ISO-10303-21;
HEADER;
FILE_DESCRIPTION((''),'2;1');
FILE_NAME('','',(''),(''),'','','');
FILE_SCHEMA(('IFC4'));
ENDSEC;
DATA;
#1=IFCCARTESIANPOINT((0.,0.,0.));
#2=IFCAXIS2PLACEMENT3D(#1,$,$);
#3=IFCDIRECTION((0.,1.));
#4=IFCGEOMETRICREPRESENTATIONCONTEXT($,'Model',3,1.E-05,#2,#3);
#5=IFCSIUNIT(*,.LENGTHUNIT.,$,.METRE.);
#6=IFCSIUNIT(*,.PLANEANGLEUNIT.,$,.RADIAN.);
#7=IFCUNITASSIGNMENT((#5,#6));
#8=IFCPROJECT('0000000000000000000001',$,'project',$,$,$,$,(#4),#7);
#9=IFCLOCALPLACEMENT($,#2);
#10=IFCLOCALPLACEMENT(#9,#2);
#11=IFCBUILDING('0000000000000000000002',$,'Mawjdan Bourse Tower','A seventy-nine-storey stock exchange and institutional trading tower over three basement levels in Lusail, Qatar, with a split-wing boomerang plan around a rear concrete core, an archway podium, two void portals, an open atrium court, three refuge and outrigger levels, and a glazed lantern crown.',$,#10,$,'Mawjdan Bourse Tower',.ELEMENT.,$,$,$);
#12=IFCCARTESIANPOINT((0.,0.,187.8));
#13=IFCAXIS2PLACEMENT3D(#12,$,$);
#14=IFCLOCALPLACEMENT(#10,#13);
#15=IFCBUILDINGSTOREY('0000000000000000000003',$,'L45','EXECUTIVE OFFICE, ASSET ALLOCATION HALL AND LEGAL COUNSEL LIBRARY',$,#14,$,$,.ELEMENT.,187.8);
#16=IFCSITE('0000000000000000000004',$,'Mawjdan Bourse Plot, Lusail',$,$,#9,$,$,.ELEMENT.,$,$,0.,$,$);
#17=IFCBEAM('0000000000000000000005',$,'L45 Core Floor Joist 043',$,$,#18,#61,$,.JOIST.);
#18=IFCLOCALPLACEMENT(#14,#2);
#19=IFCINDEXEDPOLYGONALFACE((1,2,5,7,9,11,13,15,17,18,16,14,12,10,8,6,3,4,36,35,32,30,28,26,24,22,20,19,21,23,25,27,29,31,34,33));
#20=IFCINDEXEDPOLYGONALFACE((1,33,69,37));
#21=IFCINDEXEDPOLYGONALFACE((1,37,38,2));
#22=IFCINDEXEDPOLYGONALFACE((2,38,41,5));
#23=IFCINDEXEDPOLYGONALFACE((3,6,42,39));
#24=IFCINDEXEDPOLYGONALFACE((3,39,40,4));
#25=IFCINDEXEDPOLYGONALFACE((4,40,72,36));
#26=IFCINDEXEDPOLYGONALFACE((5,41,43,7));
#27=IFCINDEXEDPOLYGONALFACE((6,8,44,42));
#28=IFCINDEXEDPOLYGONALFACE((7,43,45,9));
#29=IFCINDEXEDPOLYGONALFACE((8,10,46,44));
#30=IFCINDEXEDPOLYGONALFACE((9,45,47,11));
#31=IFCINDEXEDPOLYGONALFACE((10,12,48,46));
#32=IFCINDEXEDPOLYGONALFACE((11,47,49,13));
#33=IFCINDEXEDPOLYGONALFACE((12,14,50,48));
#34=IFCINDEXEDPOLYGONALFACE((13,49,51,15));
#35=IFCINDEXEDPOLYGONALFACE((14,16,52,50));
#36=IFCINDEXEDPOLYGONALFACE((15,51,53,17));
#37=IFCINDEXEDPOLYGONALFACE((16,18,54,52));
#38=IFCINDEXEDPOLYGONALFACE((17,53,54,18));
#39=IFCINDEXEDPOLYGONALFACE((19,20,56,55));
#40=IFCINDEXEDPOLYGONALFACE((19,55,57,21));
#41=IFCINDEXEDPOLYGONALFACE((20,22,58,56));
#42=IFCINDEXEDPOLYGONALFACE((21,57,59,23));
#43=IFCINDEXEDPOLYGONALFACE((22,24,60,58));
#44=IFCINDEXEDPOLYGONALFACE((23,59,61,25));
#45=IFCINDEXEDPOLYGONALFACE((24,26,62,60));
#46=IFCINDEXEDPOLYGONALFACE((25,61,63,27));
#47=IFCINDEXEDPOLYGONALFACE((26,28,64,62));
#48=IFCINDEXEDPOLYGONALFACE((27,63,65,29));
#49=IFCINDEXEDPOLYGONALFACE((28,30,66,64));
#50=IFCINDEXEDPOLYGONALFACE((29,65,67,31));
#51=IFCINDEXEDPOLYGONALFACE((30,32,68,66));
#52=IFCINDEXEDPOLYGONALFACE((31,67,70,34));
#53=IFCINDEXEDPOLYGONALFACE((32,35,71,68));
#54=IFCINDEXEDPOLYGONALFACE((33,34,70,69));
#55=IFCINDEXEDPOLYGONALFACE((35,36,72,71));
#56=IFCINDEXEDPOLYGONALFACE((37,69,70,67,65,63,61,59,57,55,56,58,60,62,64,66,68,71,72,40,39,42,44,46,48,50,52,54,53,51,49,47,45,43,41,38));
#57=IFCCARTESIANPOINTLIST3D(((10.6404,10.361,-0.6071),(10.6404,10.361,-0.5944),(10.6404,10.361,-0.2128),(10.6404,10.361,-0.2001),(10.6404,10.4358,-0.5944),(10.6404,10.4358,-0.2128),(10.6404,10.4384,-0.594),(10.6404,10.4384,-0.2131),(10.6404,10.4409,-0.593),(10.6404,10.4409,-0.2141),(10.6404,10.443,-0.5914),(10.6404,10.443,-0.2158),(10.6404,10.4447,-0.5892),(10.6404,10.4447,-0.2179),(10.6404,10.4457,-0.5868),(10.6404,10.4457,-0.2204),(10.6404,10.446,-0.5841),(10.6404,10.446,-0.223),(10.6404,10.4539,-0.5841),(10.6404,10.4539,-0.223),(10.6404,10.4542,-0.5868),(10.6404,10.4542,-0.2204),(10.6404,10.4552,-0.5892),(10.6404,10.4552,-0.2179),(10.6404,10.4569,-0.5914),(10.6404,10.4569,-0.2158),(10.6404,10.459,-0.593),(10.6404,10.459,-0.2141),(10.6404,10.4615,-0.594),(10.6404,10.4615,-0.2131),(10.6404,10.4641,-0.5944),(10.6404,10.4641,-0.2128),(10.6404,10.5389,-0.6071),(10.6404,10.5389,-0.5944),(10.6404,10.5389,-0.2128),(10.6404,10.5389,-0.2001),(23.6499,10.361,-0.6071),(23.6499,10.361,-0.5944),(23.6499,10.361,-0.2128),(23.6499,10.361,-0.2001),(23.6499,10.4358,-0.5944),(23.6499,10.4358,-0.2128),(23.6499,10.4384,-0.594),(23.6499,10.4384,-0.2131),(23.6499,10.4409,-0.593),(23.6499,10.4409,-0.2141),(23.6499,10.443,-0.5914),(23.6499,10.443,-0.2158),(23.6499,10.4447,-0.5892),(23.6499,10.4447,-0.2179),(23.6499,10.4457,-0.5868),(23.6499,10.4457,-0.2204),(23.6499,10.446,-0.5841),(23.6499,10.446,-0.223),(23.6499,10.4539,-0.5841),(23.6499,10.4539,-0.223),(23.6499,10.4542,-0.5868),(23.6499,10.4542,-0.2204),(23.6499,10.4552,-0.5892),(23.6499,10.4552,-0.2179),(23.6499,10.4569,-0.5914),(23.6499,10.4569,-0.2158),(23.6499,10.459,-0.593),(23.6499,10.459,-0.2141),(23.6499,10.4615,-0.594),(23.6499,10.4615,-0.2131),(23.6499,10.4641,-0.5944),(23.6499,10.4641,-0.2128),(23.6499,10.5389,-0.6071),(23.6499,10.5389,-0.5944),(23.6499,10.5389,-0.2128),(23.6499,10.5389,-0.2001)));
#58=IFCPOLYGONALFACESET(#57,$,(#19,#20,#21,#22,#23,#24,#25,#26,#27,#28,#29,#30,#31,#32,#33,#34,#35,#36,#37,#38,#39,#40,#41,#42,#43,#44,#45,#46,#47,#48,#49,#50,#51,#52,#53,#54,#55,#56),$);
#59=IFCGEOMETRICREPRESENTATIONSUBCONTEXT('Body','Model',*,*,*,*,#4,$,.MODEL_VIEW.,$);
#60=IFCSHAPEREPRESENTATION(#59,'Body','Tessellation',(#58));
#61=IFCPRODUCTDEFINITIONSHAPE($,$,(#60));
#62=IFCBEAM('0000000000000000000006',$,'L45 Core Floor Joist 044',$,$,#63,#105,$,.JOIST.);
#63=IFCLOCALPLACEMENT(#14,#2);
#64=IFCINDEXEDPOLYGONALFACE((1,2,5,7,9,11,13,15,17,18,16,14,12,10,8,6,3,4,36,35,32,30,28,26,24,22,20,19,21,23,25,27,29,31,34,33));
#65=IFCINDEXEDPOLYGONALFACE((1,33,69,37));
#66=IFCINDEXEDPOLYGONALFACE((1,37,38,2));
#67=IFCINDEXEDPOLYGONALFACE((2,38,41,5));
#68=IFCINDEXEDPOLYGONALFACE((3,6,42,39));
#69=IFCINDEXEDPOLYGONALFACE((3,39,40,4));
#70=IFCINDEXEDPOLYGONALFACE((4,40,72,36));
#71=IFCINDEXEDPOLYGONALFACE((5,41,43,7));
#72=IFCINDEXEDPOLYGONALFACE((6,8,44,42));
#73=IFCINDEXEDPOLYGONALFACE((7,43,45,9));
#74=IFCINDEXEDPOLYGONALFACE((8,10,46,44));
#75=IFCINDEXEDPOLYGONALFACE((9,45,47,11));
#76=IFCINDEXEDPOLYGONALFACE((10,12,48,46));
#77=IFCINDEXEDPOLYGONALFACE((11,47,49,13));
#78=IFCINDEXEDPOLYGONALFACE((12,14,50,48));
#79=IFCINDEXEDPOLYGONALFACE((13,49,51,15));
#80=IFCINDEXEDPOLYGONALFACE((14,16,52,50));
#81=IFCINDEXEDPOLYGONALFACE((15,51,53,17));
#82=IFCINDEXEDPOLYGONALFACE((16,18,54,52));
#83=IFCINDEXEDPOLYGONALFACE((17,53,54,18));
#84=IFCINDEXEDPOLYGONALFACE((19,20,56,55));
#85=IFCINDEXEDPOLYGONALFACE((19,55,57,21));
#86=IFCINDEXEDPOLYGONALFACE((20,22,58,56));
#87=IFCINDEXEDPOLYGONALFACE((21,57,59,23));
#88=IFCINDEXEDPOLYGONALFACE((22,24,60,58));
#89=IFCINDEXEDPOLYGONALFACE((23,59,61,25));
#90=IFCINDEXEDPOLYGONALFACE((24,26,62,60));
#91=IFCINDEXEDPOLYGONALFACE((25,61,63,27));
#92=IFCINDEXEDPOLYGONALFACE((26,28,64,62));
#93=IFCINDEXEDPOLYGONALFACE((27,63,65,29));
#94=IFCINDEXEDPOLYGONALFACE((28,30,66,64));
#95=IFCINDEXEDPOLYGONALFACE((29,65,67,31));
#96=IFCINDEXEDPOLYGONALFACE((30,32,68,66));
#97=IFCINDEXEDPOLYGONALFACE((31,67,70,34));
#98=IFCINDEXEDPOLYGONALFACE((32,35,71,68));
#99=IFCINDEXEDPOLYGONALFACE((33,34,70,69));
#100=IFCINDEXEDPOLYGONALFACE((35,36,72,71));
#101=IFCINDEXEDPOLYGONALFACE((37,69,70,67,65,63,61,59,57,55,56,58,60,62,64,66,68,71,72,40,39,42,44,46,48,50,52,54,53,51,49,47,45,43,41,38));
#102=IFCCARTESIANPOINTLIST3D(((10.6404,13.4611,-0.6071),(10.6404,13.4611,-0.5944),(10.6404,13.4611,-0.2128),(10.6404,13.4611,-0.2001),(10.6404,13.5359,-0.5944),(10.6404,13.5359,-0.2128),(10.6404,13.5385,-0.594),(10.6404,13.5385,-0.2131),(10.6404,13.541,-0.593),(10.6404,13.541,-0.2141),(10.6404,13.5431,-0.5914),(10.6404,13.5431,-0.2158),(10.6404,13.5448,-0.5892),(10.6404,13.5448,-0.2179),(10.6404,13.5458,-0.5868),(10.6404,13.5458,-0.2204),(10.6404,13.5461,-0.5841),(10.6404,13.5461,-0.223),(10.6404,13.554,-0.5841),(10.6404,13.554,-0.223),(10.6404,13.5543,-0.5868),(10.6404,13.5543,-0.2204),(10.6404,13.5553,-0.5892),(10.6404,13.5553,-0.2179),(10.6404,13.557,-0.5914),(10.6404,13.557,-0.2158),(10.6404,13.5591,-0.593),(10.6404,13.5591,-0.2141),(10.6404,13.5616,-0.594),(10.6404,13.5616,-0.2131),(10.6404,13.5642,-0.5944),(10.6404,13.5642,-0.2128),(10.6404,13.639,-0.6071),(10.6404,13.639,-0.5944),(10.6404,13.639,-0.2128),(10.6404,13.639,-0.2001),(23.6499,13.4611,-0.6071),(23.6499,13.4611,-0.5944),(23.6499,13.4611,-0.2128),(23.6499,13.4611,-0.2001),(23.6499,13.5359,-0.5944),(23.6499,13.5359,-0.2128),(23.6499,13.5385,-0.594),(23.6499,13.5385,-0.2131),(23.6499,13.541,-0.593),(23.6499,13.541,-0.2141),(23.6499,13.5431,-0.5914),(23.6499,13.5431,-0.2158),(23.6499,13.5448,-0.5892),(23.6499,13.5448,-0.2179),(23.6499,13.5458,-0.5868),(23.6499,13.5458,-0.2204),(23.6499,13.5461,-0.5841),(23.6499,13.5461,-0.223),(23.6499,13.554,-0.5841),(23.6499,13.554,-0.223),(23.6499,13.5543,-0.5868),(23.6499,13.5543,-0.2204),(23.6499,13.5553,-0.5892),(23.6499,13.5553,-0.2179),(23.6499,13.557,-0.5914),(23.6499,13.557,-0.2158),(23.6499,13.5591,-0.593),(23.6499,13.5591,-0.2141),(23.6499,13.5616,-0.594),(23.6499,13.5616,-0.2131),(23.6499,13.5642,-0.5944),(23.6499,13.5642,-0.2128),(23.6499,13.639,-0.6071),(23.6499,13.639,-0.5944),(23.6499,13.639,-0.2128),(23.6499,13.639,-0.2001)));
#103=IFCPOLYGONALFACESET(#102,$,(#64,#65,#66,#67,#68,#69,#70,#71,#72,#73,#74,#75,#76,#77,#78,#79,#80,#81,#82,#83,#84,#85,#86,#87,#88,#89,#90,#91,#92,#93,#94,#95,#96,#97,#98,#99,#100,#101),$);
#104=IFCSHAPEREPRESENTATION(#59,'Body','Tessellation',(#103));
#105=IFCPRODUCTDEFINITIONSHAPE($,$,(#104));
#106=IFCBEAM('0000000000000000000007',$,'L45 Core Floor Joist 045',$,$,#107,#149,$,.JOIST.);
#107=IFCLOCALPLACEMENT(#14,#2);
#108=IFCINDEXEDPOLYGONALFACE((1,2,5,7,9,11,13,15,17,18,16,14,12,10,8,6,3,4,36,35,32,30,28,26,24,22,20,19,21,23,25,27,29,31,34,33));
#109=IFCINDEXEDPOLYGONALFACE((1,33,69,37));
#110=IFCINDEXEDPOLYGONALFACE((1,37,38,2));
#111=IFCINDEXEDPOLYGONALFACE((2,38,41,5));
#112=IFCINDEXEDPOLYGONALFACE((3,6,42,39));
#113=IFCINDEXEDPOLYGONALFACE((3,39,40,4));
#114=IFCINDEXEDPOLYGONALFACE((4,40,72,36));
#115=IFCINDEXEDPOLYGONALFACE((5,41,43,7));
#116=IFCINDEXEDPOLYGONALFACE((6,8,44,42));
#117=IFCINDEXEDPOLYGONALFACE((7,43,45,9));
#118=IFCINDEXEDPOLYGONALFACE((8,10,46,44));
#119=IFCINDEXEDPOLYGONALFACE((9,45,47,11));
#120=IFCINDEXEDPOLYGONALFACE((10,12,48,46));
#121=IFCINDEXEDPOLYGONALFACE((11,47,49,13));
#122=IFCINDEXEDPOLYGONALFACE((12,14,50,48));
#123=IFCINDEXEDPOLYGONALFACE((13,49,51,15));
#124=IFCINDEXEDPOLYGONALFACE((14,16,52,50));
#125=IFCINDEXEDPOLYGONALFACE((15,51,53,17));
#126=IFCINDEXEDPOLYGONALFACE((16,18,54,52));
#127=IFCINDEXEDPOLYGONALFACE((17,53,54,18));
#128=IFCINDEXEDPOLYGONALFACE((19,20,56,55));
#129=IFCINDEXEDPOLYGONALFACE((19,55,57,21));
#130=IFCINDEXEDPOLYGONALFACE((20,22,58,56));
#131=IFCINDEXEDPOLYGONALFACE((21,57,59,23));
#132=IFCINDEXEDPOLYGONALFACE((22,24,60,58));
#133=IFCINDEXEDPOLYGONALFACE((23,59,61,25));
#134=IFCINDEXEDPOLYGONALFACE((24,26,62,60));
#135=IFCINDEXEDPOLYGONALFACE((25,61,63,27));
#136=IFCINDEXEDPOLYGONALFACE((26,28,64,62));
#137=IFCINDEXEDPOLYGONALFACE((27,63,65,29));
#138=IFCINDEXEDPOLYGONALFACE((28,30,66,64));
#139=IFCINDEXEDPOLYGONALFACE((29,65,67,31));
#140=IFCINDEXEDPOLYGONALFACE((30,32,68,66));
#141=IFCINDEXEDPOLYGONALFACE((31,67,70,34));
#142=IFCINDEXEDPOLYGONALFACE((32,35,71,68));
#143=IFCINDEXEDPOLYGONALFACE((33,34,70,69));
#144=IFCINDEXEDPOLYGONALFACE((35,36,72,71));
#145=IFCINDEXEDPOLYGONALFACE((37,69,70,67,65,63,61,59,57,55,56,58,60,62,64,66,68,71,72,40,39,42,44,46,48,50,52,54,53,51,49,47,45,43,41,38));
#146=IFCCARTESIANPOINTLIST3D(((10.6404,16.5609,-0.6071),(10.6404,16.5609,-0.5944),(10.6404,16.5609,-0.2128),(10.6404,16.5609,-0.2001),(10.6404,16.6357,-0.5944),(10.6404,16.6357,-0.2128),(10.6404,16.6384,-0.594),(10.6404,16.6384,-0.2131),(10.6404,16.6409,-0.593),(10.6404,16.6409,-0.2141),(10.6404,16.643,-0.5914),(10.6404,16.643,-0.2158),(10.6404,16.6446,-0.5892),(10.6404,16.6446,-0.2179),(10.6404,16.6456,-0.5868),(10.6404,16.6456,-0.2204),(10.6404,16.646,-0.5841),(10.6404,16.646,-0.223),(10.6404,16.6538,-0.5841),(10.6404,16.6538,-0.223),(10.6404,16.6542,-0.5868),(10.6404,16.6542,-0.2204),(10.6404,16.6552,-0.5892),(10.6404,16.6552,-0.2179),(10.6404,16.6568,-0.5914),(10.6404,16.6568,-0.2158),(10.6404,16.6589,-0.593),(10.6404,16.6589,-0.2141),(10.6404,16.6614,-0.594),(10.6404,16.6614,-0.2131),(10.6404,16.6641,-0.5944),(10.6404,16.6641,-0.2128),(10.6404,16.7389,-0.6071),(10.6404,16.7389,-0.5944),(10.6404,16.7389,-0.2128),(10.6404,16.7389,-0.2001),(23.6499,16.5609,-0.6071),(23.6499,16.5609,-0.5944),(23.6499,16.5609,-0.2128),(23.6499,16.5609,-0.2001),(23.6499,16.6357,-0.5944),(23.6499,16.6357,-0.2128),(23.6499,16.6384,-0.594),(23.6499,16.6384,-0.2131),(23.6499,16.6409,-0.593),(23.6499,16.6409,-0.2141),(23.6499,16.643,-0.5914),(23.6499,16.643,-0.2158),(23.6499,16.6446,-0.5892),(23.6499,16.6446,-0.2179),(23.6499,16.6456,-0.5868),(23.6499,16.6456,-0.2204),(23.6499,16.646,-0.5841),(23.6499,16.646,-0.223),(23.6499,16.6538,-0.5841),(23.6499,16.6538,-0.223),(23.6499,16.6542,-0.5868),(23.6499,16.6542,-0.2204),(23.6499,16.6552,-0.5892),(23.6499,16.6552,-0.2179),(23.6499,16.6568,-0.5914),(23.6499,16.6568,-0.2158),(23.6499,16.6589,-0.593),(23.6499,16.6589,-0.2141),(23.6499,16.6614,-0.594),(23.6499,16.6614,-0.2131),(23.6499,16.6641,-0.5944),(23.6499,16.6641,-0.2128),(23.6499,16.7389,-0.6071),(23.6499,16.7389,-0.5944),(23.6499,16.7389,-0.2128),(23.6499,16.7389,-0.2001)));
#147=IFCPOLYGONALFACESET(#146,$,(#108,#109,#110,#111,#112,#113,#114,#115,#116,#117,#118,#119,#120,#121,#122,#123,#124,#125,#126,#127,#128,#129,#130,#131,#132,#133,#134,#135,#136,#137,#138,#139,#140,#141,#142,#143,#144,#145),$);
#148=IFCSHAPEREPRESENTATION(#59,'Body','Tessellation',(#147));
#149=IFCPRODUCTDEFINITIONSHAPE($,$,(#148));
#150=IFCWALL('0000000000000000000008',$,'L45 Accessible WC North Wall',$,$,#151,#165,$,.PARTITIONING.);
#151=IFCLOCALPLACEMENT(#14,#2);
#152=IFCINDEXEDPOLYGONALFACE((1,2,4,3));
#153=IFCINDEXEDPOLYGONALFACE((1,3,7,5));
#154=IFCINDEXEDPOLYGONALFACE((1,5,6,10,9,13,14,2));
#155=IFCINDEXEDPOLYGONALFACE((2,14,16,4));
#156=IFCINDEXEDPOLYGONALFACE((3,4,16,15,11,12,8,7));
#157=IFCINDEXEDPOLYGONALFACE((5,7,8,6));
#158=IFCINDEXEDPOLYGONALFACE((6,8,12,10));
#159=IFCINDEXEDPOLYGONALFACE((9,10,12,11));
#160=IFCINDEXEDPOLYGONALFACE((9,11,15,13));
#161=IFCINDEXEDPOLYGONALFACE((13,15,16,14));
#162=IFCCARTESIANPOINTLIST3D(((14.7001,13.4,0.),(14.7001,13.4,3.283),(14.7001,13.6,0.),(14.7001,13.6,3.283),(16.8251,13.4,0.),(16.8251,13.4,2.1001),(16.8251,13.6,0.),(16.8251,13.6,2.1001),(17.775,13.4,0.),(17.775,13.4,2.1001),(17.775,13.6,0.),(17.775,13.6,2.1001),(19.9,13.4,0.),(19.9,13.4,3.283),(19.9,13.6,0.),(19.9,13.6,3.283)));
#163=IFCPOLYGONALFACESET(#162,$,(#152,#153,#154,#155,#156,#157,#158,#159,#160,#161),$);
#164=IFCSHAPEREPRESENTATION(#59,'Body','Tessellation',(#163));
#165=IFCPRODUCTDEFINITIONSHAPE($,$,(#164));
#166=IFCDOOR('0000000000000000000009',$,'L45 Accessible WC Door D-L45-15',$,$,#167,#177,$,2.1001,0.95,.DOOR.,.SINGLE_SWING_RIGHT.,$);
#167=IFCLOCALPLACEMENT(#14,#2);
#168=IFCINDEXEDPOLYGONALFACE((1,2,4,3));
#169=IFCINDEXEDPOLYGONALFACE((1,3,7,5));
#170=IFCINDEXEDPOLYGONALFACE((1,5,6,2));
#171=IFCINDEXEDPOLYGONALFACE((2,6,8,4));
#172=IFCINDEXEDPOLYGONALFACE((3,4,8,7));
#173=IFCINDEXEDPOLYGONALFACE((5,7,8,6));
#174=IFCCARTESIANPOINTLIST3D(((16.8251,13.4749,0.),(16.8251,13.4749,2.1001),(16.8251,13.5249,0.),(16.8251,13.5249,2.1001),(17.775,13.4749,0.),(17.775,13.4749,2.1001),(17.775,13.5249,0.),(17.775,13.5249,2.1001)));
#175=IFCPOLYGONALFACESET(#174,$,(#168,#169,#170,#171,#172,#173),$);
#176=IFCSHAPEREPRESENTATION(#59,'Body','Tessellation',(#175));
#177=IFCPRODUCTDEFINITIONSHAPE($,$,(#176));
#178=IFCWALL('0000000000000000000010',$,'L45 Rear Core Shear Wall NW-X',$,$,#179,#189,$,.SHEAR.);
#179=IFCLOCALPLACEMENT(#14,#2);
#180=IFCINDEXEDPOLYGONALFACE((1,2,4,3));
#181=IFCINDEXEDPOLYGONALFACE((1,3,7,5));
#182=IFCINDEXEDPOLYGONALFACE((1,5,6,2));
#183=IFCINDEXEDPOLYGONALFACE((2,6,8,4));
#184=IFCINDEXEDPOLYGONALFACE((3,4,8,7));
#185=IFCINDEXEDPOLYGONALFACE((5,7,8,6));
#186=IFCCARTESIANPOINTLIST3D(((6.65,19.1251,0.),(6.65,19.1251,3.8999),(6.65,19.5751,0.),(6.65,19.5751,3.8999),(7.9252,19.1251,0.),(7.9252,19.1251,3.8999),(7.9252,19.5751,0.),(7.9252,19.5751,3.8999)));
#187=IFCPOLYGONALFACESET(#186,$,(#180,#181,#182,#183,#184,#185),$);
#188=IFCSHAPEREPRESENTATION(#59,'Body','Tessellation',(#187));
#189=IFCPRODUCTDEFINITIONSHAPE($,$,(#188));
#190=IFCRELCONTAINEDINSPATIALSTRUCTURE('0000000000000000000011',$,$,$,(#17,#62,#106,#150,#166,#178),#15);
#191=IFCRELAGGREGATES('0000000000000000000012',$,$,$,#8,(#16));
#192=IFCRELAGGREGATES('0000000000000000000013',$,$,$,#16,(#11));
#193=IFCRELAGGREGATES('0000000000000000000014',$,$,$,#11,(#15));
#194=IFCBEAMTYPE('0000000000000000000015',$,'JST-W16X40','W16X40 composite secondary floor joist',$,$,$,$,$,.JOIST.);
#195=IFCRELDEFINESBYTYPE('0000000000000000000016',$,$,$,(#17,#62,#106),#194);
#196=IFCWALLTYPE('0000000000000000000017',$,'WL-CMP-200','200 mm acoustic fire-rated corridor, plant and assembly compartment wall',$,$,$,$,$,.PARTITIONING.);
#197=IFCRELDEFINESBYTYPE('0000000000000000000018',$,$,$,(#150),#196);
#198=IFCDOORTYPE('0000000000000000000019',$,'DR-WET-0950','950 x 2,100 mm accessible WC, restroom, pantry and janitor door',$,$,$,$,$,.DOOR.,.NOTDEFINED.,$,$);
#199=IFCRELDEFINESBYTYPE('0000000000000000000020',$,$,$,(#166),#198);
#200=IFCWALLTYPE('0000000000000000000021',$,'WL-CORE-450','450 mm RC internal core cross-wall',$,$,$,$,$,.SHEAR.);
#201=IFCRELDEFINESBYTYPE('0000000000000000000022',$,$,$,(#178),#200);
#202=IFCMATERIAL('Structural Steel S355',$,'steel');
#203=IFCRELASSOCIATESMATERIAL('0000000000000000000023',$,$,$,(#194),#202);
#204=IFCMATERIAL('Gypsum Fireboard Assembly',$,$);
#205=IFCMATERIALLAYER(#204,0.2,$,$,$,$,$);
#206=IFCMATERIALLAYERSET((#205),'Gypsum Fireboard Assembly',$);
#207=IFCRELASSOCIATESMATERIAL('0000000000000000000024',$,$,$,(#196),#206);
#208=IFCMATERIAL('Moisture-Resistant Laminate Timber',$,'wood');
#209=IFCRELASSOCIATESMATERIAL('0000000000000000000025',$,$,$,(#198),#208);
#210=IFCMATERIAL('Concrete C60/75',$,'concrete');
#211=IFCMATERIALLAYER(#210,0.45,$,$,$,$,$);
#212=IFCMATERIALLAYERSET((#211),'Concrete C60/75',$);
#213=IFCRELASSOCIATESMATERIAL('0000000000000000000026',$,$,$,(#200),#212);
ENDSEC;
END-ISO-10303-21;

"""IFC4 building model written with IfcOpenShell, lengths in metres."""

from ifc_helpers import new_model, si_unit, direction, frame, frame_2d, origin, origin_2d, place, context, subcontext, project, spatial, rectangle, i_section, extrude, material, layer, layer_set, material_profile, profile_set, type_object, element, fill, save


model = new_model("IFC4")

# Units and contexts
model_context = context("Model", 3, precision=1e-05, world=origin(), true_north=direction((0.0, 1.0)))
body_context = subcontext(model_context, "Body", "Model", "MODEL_VIEW")
ifc_project = project(units=[si_unit("LENGTHUNIT", "METRE"), si_unit("PLANEANGLEUNIT", "RADIAN")], contexts=[model_context])

# Site, building, storey
site_placement = place(None, origin())
site = spatial("IfcSite", under=ifc_project, at=site_placement, Name="Mawjdan Bourse Plot, Lusail", CompositionType="ELEMENT", RefElevation=0.0)
building_placement = place(site_placement, origin())
building = spatial("IfcBuilding", under=site, at=building_placement, Name="Mawjdan Bourse Tower", Description="A seventy-nine-storey stock exchange and institutional trading tower over three basement levels in Lusail, Qatar, with a split-wing boomerang plan around a rear concrete core, an archway podium, two void portals, an open atrium court, three refuge and outrigger levels, and a glazed lantern crown.", LongName="Mawjdan Bourse Tower", CompositionType="ELEMENT")
storey_placement = place(building_placement, frame((0.0, 0.0, 187.8)))
storey = spatial("IfcBuildingStorey", under=building, at=storey_placement, Name="L45", Description="EXECUTIVE OFFICE, ASSET ALLOCATION HALL AND LEGAL COUNSEL LIBRARY", CompositionType="ELEMENT", Elevation=187.8)

# Beams
ifc_material_1 = material(Name="Structural Steel S355", Category="steel")
ifc_material_profile = material_profile(ifc_material_1, i_section(OverallWidth=0.178, OverallDepth=0.407, WebThickness=0.0078, FlangeThickness=0.0127, FilletRadius=0.0103, at=origin_2d()), Name="W16X40")
ifc_profile_set = profile_set([ifc_material_profile], Name="Structural Steel S355")
beam_type = type_object("IfcBeamType", Name="JST-W16X40", Description="W16X40 composite secondary floor joist", PredefinedType="JOIST", material=ifc_profile_set)
for number, where, z_axis, x_axis, name in (
    (1, (10.6404, 10.45, -0.4036), (1.0, 0.0, 0.0), (0.0, 1.0, 0.0), "L45 Core Floor Joist 043"),
    (2, (10.6404, 13.55, -0.4036), (1.0, 0.0, 0.0), (0.0, 1.0, 0.0), "L45 Core Floor Joist 044"),
    (3, (10.6404, 16.6499, -0.4036), (1.0, 0.0, 0.0), (0.0, 1.0, 0.0), "L45 Core Floor Joist 045"),
):
    element("IfcBeam", number, at=place(storey_placement, frame(where, z_axis=z_axis, x_axis=x_axis)), inside=storey, type_object=beam_type, Name=name, PredefinedType="JOIST", context=body_context, shape_type="SweptSolid", body=[
        extrude(i_section(OverallWidth=0.178, OverallDepth=0.407, WebThickness=0.0078, FlangeThickness=0.0127, FilletRadius=0.0103, at=origin_2d()), origin(), (0.0, 0.0, 1.0), 13.0095),
    ])

# Wall, opening, door
ifc_material_2 = material(Name="Gypsum Fireboard Assembly")
ifc_layer_1 = layer(ifc_material_2, 0.2)
ifc_layer_set_1 = layer_set([ifc_layer_1], Name="Gypsum Fireboard Assembly")
wall_type_1 = type_object("IfcWallType", Name="WL-CMP-200", Description="200 mm acoustic fire-rated corridor, plant and assembly compartment wall", PredefinedType="PARTITIONING", material=ifc_layer_set_1)
wall_1_placement = place(storey_placement, frame((14.7, 13.5, 0.0), z_axis=(0.0, 0.0, 1.0), x_axis=(1.0, 0.0, 0.0)))
wall_1 = element("IfcWall", 4, at=wall_1_placement, inside=storey, type_object=wall_type_1, Name="L45 Accessible WC North Wall", PredefinedType="PARTITIONING", context=body_context, shape_type="SweptSolid", body=[
    extrude(rectangle(XDim=5.2, YDim=0.2, at=frame_2d((2.6001, 0.0))), origin(), (0.0, 0.0, 1.0), 3.283),
])
opening_1_placement = place(wall_1_placement, frame((2.125, 0.0, 0.0)))
opening_1 = element("IfcOpeningElement", 5, at=opening_1_placement, cuts=wall_1, PredefinedType="OPENING", context=body_context, shape_type="SweptSolid", body=[
    extrude(rectangle(XDim=0.95, YDim=2.1001, at=frame_2d((0.4751, 1.05))), frame((0.0, 0.1099, 0.0), z_axis=(0.0, -1.0, 0.0), x_axis=(1.0, 0.0, 0.0)), (0.0, 0.0, 1.0), 0.22),
])
ifc_material_3 = material(Name="Moisture-Resistant Laminate Timber", Category="wood")
door_type_1 = type_object("IfcDoorType", Name="DR-WET-0950", Description="950 x 2,100 mm accessible WC, restroom, pantry and janitor door", OperationType="NOTDEFINED", PredefinedType="DOOR", material=ifc_material_3)
door_1_placement = place(opening_1_placement, origin())
door_1 = element("IfcDoor", 6, at=door_1_placement, inside=storey, type_object=door_type_1, Name="L45 Accessible WC Door D-L45-15", OperationType="SINGLE_SWING_RIGHT", OverallHeight=2.1001, OverallWidth=0.95, PredefinedType="DOOR", context=body_context, shape_type="SweptSolid", body=[
    extrude(rectangle(XDim=0.95, YDim=2.1001, at=frame_2d((0.4751, 1.05))), frame((0.0, 0.0249, 0.0), z_axis=(0.0, -1.0, 0.0), x_axis=(1.0, 0.0, 0.0)), (0.0, 0.0, 1.0), 0.05),
])
fill(opening_1, door_1)

# Wall
ifc_material_4 = material(Name="Concrete C60/75", Category="concrete")
ifc_layer_2 = layer(ifc_material_4, 0.45)
ifc_layer_set_2 = layer_set([ifc_layer_2], Name="Concrete C60/75")
wall_type_2 = type_object("IfcWallType", Name="WL-CORE-450", Description="450 mm RC internal core cross-wall", PredefinedType="SHEAR", material=ifc_layer_set_2)
wall_2_placement = place(storey_placement, frame((6.6499, 19.3501, 0.0), z_axis=(0.0, 0.0, 1.0), x_axis=(1.0, 0.0, 0.0)))
element("IfcWall", 7, at=wall_2_placement, inside=storey, type_object=wall_type_2, Name="L45 Rear Core Shear Wall NW-X", PredefinedType="SHEAR", context=body_context, shape_type="SweptSolid", body=[
    extrude(rectangle(XDim=1.2751, YDim=0.45, at=frame_2d((0.6377, 0.0))), origin(), (0.0, 0.0, 1.0), 3.8999),
])

save(model, "model.ifc")
